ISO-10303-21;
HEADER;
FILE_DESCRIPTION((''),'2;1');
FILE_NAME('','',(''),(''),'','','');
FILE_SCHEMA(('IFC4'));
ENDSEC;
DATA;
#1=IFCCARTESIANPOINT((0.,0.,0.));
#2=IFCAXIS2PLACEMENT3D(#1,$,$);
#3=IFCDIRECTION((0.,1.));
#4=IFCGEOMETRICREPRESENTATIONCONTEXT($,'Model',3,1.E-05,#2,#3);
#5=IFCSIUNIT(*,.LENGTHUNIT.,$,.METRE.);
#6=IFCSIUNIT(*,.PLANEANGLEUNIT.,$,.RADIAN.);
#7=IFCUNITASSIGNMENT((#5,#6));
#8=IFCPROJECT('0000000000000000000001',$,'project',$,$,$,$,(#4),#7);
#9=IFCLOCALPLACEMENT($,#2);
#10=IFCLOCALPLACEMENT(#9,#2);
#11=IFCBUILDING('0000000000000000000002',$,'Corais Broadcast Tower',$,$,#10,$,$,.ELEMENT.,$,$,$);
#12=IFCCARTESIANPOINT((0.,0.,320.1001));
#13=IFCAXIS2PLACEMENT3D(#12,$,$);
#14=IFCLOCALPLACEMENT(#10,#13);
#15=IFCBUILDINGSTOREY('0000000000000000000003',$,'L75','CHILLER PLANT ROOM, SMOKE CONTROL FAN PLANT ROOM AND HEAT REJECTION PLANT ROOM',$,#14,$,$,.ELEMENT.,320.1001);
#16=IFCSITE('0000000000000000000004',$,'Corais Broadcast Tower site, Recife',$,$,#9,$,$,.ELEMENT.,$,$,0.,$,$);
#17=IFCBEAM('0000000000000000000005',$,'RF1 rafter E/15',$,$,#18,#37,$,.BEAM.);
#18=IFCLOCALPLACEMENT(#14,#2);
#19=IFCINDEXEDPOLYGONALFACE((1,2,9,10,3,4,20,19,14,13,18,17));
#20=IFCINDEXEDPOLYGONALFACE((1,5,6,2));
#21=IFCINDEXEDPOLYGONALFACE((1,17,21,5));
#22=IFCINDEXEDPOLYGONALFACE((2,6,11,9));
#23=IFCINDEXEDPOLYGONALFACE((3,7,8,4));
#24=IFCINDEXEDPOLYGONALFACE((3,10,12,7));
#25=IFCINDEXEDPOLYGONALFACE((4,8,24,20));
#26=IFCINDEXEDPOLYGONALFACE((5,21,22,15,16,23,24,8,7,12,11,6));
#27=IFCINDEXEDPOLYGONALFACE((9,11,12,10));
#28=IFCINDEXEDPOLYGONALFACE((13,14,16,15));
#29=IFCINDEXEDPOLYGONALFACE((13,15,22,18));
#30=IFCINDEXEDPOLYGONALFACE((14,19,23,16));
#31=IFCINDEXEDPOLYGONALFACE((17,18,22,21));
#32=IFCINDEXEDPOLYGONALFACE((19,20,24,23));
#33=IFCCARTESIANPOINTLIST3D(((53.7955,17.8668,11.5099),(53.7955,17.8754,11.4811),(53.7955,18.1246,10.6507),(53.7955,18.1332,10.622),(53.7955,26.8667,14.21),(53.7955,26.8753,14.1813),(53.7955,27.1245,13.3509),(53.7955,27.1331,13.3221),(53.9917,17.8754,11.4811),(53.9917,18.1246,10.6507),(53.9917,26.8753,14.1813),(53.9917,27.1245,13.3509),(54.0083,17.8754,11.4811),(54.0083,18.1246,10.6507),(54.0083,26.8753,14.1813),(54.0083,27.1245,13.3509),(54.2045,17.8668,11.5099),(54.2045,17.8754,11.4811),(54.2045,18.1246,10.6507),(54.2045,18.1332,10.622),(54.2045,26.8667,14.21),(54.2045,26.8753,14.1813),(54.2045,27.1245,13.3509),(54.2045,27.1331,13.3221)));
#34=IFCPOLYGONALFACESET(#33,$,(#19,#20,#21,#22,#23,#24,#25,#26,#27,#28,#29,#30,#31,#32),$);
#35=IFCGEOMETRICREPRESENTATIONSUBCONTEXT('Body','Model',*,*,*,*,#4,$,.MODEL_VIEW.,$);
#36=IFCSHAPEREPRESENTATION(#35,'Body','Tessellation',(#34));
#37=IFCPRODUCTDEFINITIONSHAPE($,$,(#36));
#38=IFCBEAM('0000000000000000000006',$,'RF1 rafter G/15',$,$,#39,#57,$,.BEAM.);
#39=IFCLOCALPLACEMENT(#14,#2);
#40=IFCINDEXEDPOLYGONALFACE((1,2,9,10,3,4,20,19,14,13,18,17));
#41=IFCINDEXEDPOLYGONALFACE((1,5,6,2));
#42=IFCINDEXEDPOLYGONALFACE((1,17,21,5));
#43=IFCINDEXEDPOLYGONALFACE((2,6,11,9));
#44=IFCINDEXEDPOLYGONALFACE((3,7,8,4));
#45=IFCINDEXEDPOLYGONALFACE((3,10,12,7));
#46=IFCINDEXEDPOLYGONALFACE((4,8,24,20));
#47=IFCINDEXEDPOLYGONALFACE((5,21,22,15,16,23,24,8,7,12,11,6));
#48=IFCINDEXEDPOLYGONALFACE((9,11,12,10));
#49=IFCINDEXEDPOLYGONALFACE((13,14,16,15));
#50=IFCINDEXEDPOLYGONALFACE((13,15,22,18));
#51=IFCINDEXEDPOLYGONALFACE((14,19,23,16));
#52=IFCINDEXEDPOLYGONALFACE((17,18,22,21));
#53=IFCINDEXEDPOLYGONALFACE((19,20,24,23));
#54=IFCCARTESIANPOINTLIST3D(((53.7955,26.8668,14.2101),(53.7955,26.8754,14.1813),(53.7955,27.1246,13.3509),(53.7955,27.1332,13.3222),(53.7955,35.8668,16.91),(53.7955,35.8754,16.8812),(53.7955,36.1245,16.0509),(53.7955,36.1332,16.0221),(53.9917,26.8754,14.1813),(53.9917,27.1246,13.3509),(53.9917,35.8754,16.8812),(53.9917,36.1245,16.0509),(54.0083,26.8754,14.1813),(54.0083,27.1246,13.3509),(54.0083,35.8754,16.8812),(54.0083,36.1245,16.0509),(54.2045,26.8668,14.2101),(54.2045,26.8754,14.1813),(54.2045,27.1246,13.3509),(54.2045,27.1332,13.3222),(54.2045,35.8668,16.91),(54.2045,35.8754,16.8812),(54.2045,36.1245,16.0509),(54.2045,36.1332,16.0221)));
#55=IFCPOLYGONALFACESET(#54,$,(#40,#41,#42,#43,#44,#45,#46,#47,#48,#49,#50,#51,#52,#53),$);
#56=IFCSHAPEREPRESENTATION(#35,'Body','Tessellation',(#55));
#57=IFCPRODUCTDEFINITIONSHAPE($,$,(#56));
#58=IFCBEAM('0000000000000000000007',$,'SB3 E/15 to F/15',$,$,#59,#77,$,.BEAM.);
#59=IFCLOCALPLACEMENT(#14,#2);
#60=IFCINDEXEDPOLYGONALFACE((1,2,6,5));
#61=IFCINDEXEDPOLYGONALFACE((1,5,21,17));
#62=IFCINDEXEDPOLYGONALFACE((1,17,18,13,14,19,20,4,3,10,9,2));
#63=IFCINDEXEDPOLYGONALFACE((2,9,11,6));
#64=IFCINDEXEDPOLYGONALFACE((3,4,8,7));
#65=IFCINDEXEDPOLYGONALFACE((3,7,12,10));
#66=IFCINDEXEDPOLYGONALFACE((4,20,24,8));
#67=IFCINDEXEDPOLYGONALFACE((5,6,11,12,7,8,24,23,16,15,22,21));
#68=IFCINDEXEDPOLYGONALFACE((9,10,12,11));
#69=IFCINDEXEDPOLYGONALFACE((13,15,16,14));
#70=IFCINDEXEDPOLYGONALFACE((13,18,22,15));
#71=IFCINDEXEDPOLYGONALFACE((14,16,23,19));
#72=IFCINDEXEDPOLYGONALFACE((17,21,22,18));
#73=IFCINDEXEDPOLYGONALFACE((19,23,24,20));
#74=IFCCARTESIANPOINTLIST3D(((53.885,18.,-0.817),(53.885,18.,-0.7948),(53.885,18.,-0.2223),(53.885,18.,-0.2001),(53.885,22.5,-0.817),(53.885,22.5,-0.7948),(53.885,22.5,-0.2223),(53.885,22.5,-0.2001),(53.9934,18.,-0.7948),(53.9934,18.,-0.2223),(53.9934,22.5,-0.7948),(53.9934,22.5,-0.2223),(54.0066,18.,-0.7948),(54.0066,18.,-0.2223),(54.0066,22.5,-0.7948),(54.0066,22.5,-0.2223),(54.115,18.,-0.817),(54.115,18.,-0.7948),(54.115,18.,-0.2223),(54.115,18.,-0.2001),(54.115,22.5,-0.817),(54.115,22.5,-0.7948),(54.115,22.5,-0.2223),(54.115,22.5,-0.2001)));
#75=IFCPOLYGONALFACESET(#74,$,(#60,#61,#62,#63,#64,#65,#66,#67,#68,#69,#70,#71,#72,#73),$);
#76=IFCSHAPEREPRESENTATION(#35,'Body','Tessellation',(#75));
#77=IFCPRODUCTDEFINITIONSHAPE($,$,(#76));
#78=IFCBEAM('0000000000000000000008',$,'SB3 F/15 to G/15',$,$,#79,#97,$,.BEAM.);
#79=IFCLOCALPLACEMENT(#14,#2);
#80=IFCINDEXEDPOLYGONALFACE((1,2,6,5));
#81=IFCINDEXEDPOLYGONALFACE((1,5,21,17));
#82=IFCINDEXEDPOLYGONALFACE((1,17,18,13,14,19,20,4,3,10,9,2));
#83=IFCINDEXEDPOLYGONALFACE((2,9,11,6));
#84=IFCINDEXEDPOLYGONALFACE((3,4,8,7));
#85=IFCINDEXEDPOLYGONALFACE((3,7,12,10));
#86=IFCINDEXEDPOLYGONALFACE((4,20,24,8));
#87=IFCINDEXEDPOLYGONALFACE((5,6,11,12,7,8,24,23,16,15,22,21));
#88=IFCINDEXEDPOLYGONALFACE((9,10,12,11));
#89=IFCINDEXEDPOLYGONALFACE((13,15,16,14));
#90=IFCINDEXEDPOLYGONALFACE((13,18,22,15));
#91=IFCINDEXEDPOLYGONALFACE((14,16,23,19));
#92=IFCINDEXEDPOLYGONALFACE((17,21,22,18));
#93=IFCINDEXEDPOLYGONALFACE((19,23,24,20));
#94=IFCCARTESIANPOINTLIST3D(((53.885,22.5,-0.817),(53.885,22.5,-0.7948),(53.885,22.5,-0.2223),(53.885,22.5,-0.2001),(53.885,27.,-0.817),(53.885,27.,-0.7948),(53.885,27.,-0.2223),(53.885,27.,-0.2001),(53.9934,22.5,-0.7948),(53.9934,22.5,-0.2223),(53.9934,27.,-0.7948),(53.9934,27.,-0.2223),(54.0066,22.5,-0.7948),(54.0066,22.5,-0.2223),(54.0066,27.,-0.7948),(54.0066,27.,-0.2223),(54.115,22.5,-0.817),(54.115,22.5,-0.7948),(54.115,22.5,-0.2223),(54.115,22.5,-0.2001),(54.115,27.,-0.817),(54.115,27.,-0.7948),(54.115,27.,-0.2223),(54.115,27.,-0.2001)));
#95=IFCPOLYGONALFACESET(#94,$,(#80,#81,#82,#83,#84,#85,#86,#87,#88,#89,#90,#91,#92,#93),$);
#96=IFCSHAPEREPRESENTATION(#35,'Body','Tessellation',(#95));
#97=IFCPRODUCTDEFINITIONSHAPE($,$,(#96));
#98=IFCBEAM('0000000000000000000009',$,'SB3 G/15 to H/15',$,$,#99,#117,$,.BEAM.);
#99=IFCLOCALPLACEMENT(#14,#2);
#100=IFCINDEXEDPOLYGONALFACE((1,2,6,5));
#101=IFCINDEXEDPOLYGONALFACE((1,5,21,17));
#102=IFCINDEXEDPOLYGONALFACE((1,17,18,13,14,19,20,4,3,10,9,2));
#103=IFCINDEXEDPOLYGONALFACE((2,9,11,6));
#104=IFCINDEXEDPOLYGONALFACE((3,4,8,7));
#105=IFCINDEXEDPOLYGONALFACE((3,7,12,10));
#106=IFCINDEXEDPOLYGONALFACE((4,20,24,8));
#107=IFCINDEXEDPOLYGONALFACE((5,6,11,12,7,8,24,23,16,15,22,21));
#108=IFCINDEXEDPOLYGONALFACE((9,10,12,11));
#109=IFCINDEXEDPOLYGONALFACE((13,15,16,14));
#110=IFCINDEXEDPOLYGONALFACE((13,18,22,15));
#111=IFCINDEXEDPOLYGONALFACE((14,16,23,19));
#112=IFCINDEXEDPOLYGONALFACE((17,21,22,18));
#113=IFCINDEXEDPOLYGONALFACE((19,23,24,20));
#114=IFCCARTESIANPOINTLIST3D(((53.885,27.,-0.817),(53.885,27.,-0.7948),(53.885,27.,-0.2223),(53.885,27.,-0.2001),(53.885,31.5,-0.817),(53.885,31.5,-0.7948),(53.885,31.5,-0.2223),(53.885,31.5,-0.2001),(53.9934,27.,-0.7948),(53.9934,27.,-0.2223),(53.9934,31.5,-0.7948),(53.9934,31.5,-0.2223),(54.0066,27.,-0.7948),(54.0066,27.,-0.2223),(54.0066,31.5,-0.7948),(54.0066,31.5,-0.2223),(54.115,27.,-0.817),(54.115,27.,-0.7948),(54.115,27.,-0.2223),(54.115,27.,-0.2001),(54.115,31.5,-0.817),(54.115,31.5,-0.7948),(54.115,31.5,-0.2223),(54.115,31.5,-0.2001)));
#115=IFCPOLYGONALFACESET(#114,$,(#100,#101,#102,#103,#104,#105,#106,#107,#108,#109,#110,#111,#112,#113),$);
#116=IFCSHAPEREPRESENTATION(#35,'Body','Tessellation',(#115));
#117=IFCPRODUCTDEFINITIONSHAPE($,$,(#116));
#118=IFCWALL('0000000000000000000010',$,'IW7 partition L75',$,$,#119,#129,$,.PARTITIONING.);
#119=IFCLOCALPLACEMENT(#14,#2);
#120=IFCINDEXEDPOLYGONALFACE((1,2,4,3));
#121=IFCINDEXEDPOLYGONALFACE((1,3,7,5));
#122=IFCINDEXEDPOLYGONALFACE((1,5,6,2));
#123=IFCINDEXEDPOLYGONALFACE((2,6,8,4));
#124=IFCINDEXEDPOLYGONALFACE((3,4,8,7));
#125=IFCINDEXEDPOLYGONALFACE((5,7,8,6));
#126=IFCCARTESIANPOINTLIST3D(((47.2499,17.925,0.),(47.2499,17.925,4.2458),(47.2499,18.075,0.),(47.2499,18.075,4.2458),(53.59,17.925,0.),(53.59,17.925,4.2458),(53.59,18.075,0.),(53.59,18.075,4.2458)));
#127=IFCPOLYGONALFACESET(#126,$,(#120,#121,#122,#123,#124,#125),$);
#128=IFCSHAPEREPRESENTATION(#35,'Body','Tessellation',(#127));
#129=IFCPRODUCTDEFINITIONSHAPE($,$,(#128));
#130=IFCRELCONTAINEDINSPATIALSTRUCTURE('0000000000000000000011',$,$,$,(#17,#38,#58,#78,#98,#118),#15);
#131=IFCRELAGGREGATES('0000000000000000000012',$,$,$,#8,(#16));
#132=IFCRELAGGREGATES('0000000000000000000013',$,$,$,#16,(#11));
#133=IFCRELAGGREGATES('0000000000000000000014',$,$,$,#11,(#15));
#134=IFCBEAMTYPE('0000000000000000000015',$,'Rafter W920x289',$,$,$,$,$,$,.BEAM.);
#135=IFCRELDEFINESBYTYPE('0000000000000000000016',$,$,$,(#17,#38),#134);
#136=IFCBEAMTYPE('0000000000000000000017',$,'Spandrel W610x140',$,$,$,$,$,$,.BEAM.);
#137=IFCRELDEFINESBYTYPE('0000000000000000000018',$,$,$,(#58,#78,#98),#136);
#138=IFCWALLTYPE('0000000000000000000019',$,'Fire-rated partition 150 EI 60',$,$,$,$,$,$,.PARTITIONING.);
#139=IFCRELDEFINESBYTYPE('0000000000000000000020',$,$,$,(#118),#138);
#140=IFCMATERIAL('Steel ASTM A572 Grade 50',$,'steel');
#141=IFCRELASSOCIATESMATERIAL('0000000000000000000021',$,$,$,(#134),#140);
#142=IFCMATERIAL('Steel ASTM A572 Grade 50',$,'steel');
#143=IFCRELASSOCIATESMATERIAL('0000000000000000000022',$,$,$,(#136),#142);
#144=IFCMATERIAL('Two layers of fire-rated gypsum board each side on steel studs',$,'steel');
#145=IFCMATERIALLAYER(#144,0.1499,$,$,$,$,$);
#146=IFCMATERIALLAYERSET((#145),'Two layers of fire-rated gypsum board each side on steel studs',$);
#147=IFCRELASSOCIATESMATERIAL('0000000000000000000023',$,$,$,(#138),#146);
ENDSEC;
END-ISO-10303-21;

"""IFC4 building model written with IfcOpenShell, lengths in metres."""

from ifc_helpers import new_model, si_unit, direction, frame, frame_2d, origin, origin_2d, place, context, subcontext, project, spatial, rectangle, i_section, extrude, material, layer, layer_set, material_profile, profile_set, type_object, element, save


model = new_model("IFC4")

# Units and contexts
model_context = context("Model", 3, precision=1e-05, world=origin(), true_north=direction((0.0, 1.0)))
body_context = subcontext(model_context, "Body", "Model", "MODEL_VIEW")
ifc_project = project(units=[si_unit("LENGTHUNIT", "METRE"), si_unit("PLANEANGLEUNIT", "RADIAN")], contexts=[model_context])

# Site, building, storey
site_placement = place(None, origin())
site = spatial("IfcSite", under=ifc_project, at=site_placement, Name="Corais Broadcast Tower site, Recife", CompositionType="ELEMENT", RefElevation=0.0)
building_placement = place(site_placement, origin())
building = spatial("IfcBuilding", under=site, at=building_placement, Name="Corais Broadcast Tower", CompositionType="ELEMENT")
storey_placement = place(building_placement, frame((0.0, 0.0, 320.1001)))
storey = spatial("IfcBuildingStorey", under=building, at=storey_placement, Name="L75", Description="CHILLER PLANT ROOM, SMOKE CONTROL FAN PLANT ROOM AND HEAT REJECTION PLANT ROOM", CompositionType="ELEMENT", Elevation=320.1001)

# Beams
ifc_material_1 = material(Name="Steel ASTM A572 Grade 50", Category="steel")
ifc_material_profile_1 = material_profile(ifc_material_1, i_section(OverallWidth=0.4089, OverallDepth=0.927, WebThickness=0.0166, FlangeThickness=0.03, at=origin_2d()), Name="W920x289")
ifc_profile_set_1 = profile_set([ifc_material_profile_1], Name="Steel ASTM A572 Grade 50")
beam_type_1 = type_object("IfcBeamType", Name="Rafter W920x289", PredefinedType="BEAM", material=ifc_profile_set_1)
for number, where, z_axis, x_axis, name in (
    (1, (54.0, 18.0, 11.0659), (0.0, 0.957821, 0.287367), (-1.0, 0.0, 0.0), "RF1 rafter E/15"),
    (2, (54.0, 27.0, 13.7661), (0.0, 0.957828, 0.287343), (-1.0, 0.0, 0.0), "RF1 rafter G/15"),
):
    element("IfcBeam", number, at=place(storey_placement, frame(where, z_axis=z_axis, x_axis=x_axis)), inside=storey, type_object=beam_type_1, Name=name, PredefinedType="BEAM", context=body_context, shape_type="SweptSolid", body=[
        extrude(i_section(OverallWidth=0.4089, OverallDepth=0.927, WebThickness=0.0166, FlangeThickness=0.03, at=origin_2d()), origin(), (0.0, 0.0, 1.0), 9.3962),
    ])
ifc_material_2 = material(Name="Steel ASTM A572 Grade 50", Category="steel")
ifc_material_profile_2 = material_profile(ifc_material_2, i_section(OverallWidth=0.23, OverallDepth=0.6169, WebThickness=0.0132, FlangeThickness=0.0222, at=origin_2d()), Name="W610x140")
ifc_profile_set_2 = profile_set([ifc_material_profile_2], Name="Steel ASTM A572 Grade 50")
beam_type_2 = type_object("IfcBeamType", Name="Spandrel W610x140", PredefinedType="BEAM", material=ifc_profile_set_2)
for number, where, z_axis, x_axis, name in (
    (3, (54.0, 18.0, -0.5085), (0.0, 1.0, 0.0), (-1.0, 0.0, 0.0), "SB3 E/15 to F/15"),
    (4, (54.0, 22.5, -0.5085), (0.0, 1.0, 0.0), (-1.0, 0.0, 0.0), "SB3 F/15 to G/15"),
    (5, (54.0, 27.0, -0.5085), (0.0, 1.0, 0.0), (-1.0, 0.0, 0.0), "SB3 G/15 to H/15"),
):
    element("IfcBeam", number, at=place(storey_placement, frame(where, z_axis=z_axis, x_axis=x_axis)), inside=storey, type_object=beam_type_2, Name=name, PredefinedType="BEAM", context=body_context, shape_type="SweptSolid", body=[
        extrude(i_section(OverallWidth=0.23, OverallDepth=0.6169, WebThickness=0.0132, FlangeThickness=0.0222, at=origin_2d()), origin(), (0.0, 0.0, 1.0), 4.5),
    ])

# Wall
ifc_material_3 = material(Name="Two layers of fire-rated gypsum board each side on steel studs", Category="steel")
ifc_layer = layer(ifc_material_3, 0.1499)
ifc_layer_set = layer_set([ifc_layer], Name="Two layers of fire-rated gypsum board each side on steel studs")
wall_type = type_object("IfcWallType", Name="Fire-rated partition 150 EI 60", PredefinedType="PARTITIONING", material=ifc_layer_set)
wall_placement = place(storey_placement, frame((47.25, 18.0, 0.0), z_axis=(0.0, 0.0, 1.0), x_axis=(1.0, 0.0, 0.0)))
element("IfcWall", 6, at=wall_placement, inside=storey, type_object=wall_type, Name="IW7 partition L75", PredefinedType="PARTITIONING", context=body_context, shape_type="SweptSolid", body=[
    extrude(rectangle(XDim=6.3401, YDim=0.1499, at=frame_2d((3.1699, 0.0))), origin(), (0.0, 0.0, 1.0), 4.2458),
])

save(model, "model.ifc")
